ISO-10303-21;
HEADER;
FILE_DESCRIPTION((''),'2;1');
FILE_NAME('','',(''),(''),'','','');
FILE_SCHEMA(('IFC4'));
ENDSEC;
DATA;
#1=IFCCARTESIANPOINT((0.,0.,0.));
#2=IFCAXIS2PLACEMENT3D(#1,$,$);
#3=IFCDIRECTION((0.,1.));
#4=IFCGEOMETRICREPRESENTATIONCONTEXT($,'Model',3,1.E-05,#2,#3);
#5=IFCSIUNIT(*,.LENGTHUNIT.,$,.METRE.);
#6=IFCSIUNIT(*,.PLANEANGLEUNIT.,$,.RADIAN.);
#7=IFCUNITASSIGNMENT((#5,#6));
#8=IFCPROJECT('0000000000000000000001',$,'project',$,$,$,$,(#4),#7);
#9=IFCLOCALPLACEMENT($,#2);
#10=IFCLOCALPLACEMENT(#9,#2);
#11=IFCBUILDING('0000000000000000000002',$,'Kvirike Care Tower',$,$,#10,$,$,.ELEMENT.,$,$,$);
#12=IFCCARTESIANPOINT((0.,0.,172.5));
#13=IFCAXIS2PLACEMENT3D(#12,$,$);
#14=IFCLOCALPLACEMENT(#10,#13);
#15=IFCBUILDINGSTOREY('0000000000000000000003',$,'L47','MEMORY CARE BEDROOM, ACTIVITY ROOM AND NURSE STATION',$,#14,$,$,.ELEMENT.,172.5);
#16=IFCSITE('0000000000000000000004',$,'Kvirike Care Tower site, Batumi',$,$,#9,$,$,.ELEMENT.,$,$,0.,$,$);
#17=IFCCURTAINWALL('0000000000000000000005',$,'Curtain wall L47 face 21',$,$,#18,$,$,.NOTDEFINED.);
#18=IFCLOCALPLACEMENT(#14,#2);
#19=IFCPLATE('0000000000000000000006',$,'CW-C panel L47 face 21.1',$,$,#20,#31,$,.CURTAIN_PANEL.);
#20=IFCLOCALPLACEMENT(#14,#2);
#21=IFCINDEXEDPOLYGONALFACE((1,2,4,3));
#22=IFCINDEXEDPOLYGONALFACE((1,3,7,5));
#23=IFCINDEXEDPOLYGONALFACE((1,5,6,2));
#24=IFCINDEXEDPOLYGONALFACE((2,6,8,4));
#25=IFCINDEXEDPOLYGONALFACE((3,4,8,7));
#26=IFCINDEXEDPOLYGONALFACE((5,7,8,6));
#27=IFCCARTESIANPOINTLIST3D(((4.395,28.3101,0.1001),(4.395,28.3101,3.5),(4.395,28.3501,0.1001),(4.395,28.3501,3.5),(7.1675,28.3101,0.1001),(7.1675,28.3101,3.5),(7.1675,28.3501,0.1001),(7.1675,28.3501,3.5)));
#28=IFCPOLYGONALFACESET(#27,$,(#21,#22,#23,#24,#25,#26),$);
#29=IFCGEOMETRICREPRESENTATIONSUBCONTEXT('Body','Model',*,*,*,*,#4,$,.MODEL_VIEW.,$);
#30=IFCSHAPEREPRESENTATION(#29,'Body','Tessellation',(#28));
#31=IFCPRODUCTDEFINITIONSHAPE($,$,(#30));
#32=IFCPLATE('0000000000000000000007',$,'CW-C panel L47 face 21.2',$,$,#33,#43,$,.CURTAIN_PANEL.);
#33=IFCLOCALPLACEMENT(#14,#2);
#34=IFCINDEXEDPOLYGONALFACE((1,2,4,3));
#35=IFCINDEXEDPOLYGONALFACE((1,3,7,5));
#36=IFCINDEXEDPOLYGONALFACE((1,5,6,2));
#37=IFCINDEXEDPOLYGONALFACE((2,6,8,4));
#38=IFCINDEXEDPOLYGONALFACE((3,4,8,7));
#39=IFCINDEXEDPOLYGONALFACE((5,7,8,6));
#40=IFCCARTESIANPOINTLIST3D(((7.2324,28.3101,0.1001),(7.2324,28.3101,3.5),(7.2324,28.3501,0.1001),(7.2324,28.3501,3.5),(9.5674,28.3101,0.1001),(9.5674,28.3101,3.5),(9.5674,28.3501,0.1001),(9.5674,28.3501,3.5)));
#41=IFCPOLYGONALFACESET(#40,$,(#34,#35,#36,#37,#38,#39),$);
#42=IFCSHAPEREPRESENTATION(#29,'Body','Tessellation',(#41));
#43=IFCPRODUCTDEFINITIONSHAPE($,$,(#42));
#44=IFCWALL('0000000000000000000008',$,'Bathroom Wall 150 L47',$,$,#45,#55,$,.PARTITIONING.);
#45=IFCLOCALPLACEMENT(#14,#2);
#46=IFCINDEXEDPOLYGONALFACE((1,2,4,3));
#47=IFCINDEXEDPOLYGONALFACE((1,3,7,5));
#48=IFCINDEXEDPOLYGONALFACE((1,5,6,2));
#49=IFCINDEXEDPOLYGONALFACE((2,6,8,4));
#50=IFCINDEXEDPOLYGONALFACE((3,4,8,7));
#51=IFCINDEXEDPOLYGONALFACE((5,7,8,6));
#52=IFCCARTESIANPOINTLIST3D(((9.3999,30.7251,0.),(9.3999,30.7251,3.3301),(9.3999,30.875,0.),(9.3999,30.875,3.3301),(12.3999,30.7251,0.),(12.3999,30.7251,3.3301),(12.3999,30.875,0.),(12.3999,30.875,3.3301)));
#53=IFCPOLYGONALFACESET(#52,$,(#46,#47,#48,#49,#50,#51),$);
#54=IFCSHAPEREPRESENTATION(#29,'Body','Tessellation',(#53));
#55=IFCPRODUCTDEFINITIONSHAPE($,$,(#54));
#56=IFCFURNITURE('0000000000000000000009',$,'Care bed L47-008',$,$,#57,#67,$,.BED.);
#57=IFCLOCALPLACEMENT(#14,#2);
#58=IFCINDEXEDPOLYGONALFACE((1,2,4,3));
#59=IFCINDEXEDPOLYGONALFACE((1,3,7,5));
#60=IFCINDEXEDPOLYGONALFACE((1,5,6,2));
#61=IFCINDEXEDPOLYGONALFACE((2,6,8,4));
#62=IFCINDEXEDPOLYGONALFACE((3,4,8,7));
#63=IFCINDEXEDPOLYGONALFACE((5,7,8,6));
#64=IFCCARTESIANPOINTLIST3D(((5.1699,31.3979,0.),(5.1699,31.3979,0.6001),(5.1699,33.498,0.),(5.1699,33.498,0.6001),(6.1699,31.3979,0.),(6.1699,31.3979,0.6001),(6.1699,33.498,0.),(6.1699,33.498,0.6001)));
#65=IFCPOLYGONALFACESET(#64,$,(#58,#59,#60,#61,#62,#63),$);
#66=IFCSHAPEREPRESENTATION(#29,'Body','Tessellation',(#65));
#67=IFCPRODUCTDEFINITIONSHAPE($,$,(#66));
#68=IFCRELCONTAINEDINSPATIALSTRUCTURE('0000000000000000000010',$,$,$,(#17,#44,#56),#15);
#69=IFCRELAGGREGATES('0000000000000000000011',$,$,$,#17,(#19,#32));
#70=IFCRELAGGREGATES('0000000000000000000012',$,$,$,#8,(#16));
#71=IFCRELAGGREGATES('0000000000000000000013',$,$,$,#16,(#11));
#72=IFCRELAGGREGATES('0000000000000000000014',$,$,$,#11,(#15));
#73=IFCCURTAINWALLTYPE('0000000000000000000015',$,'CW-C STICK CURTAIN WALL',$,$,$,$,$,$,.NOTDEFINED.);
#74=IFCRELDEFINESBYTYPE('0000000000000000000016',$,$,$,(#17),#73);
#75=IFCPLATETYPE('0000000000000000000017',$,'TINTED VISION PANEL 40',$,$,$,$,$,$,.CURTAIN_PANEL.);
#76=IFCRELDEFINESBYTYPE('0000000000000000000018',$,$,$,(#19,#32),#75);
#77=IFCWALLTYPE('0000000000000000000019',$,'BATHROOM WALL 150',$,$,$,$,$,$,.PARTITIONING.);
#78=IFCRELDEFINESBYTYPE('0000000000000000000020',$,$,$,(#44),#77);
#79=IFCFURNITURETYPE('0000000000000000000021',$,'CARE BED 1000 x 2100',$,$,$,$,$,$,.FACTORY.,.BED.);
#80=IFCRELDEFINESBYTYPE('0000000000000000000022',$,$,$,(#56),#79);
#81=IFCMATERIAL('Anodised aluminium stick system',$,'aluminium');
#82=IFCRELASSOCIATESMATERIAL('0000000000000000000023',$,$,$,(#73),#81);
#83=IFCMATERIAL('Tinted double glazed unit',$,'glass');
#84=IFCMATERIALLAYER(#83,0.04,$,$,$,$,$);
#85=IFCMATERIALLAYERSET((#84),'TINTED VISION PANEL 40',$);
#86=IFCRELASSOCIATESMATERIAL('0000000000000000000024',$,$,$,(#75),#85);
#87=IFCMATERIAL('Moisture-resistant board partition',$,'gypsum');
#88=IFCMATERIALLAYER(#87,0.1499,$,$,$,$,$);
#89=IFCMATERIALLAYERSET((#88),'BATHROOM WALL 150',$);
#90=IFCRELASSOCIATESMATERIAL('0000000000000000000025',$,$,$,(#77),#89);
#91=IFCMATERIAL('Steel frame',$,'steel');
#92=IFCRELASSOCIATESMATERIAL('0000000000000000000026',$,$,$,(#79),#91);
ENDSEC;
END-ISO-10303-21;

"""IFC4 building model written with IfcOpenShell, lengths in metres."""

from ifc_helpers import new_model, si_unit, direction, frame, frame_2d, origin, origin_2d, place, context, subcontext, project, spatial, rectangle, extrude, material, layer, layer_set, type_object, element, aggregate, save


model = new_model("IFC4")

# Units and contexts
model_context = context("Model", 3, precision=1e-05, world=origin(), true_north=direction((0.0, 1.0)))
body_context = subcontext(model_context, "Body", "Model", "MODEL_VIEW")
ifc_project = project(units=[si_unit("LENGTHUNIT", "METRE"), si_unit("PLANEANGLEUNIT", "RADIAN")], contexts=[model_context])

# Site, building, storey
site_placement = place(None, origin())
site = spatial("IfcSite", under=ifc_project, at=site_placement, Name="Kvirike Care Tower site, Batumi", CompositionType="ELEMENT", RefElevation=0.0)
building_placement = place(site_placement, origin())
building = spatial("IfcBuilding", under=site, at=building_placement, Name="Kvirike Care Tower", CompositionType="ELEMENT")
storey_placement = place(building_placement, frame((0.0, 0.0, 172.5)))
storey = spatial("IfcBuildingStorey", under=building, at=storey_placement, Name="L47", Description="MEMORY CARE BEDROOM, ACTIVITY ROOM AND NURSE STATION", CompositionType="ELEMENT", Elevation=172.5)

# Curtain wall
ifc_material_1 = material(Name="Anodised aluminium stick system", Category="aluminium")
curtain_wall_type = type_object("IfcCurtainWallType", Name="CW-C STICK CURTAIN WALL", PredefinedType="NOTDEFINED", material=ifc_material_1)
curtain_wall_1_placement = place(storey_placement, origin())
curtain_wall_1 = element("IfcCurtainWall", 1, at=curtain_wall_1_placement, inside=storey, type_object=curtain_wall_type, Name="Curtain wall L47 face 21", PredefinedType="NOTDEFINED")

# Plates
ifc_material_2 = material(Name="Tinted double glazed unit", Category="glass")
ifc_layer_1 = layer(ifc_material_2, 0.04)
ifc_layer_set_1 = layer_set([ifc_layer_1], Name="TINTED VISION PANEL 40")
plate_type = type_object("IfcPlateType", Name="TINTED VISION PANEL 40", PredefinedType="CURTAIN_PANEL", material=ifc_layer_set_1)
plate_1_placement = place(storey_placement, frame((5.7812, 28.3301, 0.1001), z_axis=(0.0, 0.0, 1.0), x_axis=(1.0, 0.0, 0.0)))
plate_1 = element("IfcPlate", 2, at=plate_1_placement, type_object=plate_type, Name="CW-C panel L47 face 21.1", PredefinedType="CURTAIN_PANEL", context=body_context, shape_type="SweptSolid", body=[
    extrude(rectangle(XDim=2.7725, YDim=0.04, at=origin_2d()), origin(), (0.0, 0.0, 1.0), 3.3999),
])
plate_2_placement = place(storey_placement, frame((8.3999, 28.3301, 0.1001), z_axis=(0.0, 0.0, 1.0), x_axis=(1.0, 0.0, 0.0)))
plate_2 = element("IfcPlate", 3, at=plate_2_placement, type_object=plate_type, Name="CW-C panel L47 face 21.2", PredefinedType="CURTAIN_PANEL", context=body_context, shape_type="SweptSolid", body=[
    extrude(rectangle(XDim=2.335, YDim=0.04, at=origin_2d()), origin(), (0.0, 0.0, 1.0), 3.3999),
])
aggregate(curtain_wall_1, [plate_1, plate_2])

# Wall
ifc_material_3 = material(Name="Moisture-resistant board partition", Category="gypsum")
ifc_layer_2 = layer(ifc_material_3, 0.1499)
ifc_layer_set_2 = layer_set([ifc_layer_2], Name="BATHROOM WALL 150")
wall_type = type_object("IfcWallType", Name="BATHROOM WALL 150", PredefinedType="PARTITIONING", material=ifc_layer_set_2)
wall_placement = place(storey_placement, frame((9.3999, 30.8, 0.0), z_axis=(0.0, 0.0, 1.0), x_axis=(1.0, 0.0, 0.0)))
element("IfcWall", 4, at=wall_placement, inside=storey, type_object=wall_type, Name="Bathroom Wall 150 L47", PredefinedType="PARTITIONING", context=body_context, shape_type="SweptSolid", body=[
    extrude(rectangle(XDim=3.0, YDim=0.1499, at=frame_2d((1.5, 0.0))), origin(), (0.0, 0.0, 1.0), 3.3301),
])

# Furniture
ifc_material_4 = material(Name="Steel frame", Category="steel")
furniture_type = type_object("IfcFurnitureType", Name="CARE BED 1000 x 2100", AssemblyPlace="FACTORY", PredefinedType="BED", material=ifc_material_4)
furniture_placement = place(storey_placement, frame((5.6699, 32.448, 0.0), z_axis=(0.0, 0.0, 1.0), x_axis=(1.0, 0.0, 0.0)))
element("IfcFurniture", 5, at=furniture_placement, inside=storey, type_object=furniture_type, Name="Care bed L47-008", PredefinedType="BED", context=body_context, shape_type="SweptSolid", body=[
    extrude(rectangle(XDim=1.0, YDim=2.1001, at=origin_2d()), origin(), (0.0, 0.0, 1.0), 0.6001),
])

save(model, "model.ifc")
